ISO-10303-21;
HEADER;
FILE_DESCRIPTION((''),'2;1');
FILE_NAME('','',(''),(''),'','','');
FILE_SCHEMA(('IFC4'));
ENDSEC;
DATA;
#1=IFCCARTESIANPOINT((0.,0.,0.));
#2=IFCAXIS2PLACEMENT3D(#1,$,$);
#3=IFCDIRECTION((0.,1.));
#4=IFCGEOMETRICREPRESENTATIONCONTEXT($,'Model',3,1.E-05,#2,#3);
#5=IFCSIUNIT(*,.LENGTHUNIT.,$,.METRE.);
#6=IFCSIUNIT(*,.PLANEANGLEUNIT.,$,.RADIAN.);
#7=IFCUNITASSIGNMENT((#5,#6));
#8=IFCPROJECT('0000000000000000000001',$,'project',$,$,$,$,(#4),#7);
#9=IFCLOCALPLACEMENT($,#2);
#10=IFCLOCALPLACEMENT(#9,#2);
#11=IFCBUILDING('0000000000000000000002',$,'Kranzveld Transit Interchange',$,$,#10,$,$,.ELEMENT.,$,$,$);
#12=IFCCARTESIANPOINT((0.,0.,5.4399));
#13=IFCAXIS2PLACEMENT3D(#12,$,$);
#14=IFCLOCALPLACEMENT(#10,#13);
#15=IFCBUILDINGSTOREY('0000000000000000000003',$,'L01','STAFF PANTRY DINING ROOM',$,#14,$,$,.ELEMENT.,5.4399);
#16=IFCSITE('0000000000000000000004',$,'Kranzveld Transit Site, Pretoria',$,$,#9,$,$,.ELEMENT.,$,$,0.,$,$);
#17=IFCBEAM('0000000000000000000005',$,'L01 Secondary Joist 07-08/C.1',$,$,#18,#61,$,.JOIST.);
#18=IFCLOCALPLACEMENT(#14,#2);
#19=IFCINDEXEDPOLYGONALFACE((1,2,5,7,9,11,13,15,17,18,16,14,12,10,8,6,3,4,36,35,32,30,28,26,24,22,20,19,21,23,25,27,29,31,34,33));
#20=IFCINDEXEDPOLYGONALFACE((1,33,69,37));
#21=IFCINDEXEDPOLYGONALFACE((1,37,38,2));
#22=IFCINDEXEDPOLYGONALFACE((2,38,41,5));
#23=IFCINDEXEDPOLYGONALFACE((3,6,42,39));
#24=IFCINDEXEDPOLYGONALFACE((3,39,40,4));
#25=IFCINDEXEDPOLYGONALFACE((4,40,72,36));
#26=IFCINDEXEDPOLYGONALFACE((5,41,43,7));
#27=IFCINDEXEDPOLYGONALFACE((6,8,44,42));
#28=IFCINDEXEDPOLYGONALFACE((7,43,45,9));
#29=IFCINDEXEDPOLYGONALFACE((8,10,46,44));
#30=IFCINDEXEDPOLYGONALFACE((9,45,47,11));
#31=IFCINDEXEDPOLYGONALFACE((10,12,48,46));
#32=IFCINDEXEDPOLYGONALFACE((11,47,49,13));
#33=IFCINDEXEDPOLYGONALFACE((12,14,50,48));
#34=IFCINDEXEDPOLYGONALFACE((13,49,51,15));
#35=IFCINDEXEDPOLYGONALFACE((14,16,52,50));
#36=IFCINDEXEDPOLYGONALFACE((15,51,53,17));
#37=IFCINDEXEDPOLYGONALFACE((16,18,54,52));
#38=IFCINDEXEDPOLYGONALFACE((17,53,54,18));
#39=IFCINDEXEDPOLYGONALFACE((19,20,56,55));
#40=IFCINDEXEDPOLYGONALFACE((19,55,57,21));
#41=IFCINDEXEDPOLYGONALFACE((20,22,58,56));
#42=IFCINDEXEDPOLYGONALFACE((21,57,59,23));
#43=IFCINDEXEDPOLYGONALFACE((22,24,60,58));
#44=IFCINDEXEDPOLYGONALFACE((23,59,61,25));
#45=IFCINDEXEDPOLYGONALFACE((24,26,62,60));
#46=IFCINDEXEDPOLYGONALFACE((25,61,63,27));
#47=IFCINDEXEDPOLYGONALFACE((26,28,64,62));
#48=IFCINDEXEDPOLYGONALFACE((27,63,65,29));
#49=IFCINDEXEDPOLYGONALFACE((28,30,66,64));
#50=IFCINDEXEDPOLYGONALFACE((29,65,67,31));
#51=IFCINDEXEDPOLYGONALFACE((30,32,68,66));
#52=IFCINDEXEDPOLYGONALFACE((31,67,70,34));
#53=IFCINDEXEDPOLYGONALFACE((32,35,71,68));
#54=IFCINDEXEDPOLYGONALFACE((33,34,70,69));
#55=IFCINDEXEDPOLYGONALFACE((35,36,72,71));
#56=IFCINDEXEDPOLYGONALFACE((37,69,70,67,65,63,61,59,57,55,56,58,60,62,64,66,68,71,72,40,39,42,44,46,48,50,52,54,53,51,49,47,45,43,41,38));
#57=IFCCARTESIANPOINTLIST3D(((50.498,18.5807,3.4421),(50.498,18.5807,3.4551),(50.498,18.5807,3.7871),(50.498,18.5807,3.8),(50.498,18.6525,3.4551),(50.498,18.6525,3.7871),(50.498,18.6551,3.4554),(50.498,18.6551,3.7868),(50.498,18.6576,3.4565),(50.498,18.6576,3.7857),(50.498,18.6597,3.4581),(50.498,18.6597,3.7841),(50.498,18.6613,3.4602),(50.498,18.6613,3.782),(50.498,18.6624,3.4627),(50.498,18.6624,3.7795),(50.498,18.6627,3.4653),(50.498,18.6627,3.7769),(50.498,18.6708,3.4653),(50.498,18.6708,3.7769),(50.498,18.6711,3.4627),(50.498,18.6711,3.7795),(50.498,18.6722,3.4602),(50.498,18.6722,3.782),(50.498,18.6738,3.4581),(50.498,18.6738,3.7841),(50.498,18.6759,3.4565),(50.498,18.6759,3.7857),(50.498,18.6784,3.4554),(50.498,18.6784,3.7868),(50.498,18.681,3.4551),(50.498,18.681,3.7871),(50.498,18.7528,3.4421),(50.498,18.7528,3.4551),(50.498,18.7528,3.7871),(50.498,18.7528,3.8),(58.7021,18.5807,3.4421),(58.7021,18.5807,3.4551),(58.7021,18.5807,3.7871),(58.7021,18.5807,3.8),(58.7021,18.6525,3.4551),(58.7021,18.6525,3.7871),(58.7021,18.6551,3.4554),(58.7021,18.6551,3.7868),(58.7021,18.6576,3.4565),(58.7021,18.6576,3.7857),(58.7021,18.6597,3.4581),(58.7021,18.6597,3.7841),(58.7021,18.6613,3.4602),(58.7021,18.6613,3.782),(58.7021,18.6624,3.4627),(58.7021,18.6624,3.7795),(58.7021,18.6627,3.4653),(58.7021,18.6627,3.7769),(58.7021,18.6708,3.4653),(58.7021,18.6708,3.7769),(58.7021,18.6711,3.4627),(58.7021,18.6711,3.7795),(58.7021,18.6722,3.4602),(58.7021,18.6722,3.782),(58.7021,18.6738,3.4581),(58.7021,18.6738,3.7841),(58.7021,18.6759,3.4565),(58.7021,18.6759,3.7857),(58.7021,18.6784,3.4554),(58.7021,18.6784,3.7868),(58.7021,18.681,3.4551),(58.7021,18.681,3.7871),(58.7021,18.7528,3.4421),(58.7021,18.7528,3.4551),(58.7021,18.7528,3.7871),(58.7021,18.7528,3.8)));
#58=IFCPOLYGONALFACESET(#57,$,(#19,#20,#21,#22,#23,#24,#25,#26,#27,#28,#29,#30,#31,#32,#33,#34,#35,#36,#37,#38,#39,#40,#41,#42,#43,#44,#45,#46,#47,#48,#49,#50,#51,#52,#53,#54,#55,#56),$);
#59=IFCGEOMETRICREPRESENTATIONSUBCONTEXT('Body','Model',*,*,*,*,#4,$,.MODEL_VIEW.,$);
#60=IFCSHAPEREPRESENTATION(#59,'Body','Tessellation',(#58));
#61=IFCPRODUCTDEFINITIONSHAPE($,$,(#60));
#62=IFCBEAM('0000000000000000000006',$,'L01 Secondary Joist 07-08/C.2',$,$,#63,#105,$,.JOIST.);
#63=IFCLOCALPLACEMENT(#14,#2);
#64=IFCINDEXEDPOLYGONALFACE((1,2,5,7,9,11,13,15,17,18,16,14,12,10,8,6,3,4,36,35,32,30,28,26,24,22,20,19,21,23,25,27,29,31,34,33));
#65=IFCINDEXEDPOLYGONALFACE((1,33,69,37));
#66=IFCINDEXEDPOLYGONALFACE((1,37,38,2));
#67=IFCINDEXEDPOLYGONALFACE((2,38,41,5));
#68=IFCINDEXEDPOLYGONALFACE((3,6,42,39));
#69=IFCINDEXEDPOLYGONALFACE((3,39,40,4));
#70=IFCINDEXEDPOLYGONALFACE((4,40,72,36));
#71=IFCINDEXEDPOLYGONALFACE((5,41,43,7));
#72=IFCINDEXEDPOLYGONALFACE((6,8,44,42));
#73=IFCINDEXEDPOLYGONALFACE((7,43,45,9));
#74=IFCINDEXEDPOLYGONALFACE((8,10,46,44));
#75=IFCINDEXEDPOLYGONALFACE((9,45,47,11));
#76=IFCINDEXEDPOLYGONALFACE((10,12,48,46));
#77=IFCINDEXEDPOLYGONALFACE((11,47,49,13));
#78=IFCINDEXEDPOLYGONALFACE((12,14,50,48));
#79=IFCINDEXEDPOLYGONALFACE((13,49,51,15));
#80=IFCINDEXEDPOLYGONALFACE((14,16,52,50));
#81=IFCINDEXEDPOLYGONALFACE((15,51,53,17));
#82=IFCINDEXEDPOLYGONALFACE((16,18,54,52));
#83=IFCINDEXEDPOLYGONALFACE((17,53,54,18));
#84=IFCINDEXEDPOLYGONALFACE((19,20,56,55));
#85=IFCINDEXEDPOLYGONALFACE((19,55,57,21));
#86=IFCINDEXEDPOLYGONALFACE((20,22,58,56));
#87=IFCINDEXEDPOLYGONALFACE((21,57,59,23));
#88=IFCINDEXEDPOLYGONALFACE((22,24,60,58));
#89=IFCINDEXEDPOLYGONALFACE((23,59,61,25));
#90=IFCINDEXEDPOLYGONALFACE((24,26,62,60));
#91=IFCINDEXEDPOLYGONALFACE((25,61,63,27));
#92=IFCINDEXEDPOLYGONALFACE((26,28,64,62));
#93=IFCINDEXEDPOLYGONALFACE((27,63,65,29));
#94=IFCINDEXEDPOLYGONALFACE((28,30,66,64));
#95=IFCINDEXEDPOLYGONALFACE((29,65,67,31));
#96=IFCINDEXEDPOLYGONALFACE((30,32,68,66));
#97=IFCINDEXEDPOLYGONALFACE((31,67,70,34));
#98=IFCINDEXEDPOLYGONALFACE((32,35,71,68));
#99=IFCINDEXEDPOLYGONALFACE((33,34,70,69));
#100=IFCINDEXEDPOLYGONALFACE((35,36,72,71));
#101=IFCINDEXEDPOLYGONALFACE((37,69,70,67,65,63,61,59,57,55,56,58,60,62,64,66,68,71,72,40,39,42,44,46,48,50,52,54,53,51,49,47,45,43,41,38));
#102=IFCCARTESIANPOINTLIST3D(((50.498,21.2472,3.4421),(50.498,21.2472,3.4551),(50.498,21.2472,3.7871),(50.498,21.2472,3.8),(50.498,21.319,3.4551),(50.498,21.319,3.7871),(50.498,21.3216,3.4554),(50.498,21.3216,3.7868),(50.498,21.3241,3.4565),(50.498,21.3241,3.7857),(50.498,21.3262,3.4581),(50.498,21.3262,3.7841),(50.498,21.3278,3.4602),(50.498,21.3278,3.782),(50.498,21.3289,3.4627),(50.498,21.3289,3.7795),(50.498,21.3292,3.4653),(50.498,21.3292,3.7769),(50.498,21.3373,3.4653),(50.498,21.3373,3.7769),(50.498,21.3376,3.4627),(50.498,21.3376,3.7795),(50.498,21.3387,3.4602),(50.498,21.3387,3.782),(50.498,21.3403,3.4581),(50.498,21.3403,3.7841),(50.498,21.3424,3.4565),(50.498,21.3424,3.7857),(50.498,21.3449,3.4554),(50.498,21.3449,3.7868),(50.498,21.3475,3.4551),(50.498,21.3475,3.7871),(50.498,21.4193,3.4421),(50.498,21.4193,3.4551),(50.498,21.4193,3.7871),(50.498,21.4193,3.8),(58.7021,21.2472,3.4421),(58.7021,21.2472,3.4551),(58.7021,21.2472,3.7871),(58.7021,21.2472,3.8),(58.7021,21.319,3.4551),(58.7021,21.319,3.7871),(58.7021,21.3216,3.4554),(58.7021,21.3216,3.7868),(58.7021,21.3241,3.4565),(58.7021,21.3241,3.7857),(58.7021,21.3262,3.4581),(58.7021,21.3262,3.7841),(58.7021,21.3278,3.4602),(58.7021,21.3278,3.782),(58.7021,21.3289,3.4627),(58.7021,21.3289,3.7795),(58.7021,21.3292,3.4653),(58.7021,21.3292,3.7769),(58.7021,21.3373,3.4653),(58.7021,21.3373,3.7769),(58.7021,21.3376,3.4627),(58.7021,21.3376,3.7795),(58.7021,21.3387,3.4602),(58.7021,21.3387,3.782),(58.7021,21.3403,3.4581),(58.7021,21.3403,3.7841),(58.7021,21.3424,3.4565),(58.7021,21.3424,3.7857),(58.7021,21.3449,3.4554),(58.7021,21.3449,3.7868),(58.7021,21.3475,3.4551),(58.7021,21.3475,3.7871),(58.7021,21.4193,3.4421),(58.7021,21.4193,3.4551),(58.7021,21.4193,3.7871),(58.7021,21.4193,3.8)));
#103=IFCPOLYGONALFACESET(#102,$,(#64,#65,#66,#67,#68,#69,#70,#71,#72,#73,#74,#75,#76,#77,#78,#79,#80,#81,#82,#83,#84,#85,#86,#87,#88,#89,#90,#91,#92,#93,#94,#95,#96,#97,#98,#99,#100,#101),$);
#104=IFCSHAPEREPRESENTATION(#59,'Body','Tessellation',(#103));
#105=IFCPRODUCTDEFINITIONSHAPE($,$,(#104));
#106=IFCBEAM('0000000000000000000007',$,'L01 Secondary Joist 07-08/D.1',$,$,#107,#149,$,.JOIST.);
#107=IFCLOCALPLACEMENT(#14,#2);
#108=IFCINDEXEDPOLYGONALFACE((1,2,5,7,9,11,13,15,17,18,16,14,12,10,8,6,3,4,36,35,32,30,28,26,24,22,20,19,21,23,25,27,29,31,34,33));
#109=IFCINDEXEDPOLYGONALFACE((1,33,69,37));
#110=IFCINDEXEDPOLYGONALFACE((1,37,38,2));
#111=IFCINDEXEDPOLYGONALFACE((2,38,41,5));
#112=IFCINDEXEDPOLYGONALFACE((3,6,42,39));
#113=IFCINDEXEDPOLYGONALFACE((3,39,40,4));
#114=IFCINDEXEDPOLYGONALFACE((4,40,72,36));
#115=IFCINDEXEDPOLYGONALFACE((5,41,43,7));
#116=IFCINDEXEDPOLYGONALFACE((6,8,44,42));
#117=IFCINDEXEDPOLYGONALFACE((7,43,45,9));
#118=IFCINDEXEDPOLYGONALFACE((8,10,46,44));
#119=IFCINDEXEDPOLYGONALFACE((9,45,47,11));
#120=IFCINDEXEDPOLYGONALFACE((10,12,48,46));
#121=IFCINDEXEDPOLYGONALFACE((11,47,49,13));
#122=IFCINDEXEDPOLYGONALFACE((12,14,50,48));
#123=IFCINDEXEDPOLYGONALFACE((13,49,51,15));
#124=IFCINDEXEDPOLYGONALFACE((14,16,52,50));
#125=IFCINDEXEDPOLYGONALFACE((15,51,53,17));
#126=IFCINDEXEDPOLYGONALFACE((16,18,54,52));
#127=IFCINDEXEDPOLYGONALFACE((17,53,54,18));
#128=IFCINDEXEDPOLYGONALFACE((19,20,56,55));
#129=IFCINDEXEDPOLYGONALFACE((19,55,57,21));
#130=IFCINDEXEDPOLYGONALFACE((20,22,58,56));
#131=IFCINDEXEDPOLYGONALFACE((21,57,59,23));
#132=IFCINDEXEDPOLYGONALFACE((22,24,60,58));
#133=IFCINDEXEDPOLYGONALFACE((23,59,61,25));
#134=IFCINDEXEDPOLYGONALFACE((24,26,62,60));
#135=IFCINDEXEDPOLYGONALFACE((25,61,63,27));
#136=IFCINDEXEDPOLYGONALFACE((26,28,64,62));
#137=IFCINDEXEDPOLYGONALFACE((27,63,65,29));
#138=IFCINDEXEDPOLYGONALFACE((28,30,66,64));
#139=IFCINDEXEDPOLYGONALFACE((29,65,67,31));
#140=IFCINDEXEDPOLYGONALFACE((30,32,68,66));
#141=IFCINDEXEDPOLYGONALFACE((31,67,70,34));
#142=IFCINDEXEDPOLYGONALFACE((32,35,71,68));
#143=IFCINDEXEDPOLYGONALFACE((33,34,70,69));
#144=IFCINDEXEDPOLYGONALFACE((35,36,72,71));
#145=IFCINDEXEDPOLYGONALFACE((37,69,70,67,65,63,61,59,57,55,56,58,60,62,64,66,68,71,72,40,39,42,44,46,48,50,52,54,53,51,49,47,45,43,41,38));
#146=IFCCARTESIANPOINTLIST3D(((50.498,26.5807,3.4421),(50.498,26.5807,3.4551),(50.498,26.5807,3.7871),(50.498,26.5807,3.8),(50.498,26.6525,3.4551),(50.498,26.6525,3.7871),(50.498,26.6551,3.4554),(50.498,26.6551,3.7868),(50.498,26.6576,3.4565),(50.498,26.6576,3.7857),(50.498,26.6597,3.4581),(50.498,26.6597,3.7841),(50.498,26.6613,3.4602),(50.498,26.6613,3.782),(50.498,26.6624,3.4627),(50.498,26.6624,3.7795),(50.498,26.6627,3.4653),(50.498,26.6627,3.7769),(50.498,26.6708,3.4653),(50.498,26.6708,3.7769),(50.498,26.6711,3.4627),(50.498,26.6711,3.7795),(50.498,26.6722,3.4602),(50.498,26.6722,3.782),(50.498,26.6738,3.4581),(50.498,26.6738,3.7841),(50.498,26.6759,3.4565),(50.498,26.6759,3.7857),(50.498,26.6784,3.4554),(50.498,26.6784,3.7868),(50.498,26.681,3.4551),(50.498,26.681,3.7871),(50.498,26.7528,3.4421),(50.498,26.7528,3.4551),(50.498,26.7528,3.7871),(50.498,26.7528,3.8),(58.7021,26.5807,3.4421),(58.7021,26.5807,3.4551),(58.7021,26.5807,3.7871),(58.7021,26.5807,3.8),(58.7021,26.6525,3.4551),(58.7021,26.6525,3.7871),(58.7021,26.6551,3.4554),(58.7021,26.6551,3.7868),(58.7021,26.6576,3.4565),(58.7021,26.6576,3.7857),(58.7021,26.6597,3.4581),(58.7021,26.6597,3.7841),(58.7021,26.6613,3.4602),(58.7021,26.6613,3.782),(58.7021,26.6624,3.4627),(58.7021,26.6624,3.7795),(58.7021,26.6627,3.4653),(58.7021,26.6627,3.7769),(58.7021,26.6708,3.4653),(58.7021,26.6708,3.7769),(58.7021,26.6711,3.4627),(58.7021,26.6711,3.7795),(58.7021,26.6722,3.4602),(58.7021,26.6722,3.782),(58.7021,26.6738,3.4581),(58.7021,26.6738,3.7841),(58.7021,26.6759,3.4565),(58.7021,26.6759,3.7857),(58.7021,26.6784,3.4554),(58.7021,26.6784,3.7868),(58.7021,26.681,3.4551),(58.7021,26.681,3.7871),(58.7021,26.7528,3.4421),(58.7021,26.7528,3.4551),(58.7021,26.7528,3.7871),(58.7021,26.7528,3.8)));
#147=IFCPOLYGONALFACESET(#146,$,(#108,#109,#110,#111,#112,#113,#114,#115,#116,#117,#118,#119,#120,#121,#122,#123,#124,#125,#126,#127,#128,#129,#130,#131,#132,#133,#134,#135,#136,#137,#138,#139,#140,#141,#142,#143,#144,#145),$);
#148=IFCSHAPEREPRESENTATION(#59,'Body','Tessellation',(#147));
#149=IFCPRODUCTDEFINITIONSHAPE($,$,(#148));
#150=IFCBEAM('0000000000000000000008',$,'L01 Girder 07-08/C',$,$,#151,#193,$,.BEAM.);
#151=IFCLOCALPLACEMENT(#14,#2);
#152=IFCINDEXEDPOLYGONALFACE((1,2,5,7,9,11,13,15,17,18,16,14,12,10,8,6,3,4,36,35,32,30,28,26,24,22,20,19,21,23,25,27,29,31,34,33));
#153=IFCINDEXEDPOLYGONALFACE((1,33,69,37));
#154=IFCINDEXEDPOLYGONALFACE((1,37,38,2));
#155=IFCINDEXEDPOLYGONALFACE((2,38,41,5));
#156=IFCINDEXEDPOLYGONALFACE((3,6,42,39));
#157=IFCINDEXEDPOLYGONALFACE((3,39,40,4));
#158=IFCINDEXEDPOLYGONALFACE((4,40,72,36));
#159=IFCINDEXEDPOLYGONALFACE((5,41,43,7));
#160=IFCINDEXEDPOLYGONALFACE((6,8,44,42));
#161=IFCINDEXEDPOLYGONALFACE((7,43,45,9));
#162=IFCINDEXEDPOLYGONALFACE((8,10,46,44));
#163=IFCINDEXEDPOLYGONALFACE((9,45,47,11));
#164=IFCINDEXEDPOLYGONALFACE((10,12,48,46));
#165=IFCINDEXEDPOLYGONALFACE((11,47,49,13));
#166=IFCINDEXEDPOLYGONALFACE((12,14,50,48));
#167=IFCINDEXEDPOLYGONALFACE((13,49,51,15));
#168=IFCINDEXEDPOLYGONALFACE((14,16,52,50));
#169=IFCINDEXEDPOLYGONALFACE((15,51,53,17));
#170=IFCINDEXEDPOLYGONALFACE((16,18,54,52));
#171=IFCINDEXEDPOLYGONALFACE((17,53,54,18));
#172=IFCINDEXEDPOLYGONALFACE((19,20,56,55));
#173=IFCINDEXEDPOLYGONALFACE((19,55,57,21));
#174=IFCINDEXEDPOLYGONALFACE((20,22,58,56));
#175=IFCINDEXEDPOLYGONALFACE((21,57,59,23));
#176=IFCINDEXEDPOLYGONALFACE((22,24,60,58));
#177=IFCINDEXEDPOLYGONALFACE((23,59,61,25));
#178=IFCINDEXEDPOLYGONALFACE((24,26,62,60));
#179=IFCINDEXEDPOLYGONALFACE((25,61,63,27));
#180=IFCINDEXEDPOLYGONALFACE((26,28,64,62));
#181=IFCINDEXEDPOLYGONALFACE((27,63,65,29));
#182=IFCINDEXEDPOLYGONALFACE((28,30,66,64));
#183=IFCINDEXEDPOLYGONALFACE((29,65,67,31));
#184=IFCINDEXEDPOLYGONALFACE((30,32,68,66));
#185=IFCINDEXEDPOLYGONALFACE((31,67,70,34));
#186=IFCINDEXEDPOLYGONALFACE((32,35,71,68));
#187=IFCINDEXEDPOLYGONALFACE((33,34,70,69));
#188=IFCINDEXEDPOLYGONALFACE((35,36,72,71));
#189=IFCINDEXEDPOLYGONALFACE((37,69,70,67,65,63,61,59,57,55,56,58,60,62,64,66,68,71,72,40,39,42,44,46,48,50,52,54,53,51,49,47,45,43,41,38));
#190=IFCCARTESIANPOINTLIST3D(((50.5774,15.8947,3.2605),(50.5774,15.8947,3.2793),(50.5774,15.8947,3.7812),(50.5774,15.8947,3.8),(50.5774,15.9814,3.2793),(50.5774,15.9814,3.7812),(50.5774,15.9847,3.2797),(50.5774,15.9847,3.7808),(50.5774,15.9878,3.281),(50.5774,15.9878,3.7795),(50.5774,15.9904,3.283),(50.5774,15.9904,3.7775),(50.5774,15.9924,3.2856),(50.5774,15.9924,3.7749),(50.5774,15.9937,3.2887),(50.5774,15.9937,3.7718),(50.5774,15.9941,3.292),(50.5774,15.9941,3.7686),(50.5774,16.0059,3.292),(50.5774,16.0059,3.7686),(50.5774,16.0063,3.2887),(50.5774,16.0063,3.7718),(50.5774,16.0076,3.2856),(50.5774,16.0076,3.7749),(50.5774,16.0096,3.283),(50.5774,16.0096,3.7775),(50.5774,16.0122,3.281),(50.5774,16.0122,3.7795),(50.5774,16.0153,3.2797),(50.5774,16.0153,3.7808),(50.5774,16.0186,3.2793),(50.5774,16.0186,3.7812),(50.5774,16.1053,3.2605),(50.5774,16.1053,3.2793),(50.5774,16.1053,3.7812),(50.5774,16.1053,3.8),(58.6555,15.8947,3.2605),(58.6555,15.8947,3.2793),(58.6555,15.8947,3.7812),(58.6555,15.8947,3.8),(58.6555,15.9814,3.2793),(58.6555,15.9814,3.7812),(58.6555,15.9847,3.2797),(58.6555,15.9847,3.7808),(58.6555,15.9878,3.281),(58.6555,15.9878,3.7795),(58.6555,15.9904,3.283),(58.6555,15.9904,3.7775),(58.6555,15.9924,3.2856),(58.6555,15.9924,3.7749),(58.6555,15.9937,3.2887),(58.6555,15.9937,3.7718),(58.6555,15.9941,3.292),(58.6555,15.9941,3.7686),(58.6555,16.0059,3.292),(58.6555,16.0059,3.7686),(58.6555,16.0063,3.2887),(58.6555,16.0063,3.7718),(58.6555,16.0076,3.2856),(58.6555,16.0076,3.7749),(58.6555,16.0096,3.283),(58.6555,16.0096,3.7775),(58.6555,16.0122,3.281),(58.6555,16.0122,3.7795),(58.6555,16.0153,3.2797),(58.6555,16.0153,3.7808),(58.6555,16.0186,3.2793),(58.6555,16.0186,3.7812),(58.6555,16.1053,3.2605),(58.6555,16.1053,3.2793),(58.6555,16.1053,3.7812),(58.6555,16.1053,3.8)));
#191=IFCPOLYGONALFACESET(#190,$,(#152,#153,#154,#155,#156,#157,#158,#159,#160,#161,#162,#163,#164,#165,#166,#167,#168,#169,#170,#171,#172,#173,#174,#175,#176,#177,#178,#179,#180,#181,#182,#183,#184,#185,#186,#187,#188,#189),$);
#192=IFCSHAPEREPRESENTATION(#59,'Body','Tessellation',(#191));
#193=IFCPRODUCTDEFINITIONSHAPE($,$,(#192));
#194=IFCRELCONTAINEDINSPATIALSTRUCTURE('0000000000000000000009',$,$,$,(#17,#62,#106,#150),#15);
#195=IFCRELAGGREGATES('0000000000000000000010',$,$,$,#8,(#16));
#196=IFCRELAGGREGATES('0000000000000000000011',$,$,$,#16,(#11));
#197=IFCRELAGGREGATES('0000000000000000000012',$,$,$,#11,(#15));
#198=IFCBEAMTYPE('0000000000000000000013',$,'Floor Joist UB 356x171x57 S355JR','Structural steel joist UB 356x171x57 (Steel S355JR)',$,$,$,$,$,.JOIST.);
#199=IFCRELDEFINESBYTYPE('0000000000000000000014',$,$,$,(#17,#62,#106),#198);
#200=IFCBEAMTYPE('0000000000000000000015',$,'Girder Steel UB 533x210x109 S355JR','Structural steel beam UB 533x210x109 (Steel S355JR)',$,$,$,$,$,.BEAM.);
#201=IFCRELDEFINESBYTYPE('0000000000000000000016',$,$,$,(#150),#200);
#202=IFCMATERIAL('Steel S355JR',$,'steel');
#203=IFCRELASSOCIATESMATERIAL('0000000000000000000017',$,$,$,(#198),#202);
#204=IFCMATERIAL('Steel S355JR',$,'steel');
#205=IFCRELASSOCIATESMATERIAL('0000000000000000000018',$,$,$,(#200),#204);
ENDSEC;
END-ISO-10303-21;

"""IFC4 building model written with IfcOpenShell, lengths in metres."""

from ifc_helpers import new_model, si_unit, direction, frame, origin, origin_2d, place, context, subcontext, project, spatial, i_section, extrude, material, material_profile, profile_set, type_object, element, save


model = new_model("IFC4")

# Units and contexts
model_context = context("Model", 3, precision=1e-05, world=origin(), true_north=direction((0.0, 1.0)))
body_context = subcontext(model_context, "Body", "Model", "MODEL_VIEW")
ifc_project = project(units=[si_unit("LENGTHUNIT", "METRE"), si_unit("PLANEANGLEUNIT", "RADIAN")], contexts=[model_context])

# Site, building, storey
site_placement = place(None, origin())
site = spatial("IfcSite", under=ifc_project, at=site_placement, Name="Kranzveld Transit Site, Pretoria", CompositionType="ELEMENT", RefElevation=0.0)
building_placement = place(site_placement, origin())
building = spatial("IfcBuilding", under=site, at=building_placement, Name="Kranzveld Transit Interchange", CompositionType="ELEMENT")
storey_placement = place(building_placement, frame((0.0, 0.0, 5.4399)))
storey = spatial("IfcBuildingStorey", under=building, at=storey_placement, Name="L01", Description="STAFF PANTRY DINING ROOM", CompositionType="ELEMENT", Elevation=5.4399)

# Beams
ifc_material_1 = material(Name="Steel S355JR", Category="steel")
ifc_material_profile_1 = material_profile(ifc_material_1, i_section(OverallWidth=0.1721, OverallDepth=0.3579, WebThickness=0.0081, FlangeThickness=0.0129, FilletRadius=0.0103, at=origin_2d()), Name="UB 356x171x57")
ifc_profile_set_1 = profile_set([ifc_material_profile_1], Name="Steel S355JR")
beam_type_1 = type_object("IfcBeamType", Name="Floor Joist UB 356x171x57 S355JR", Description="Structural steel joist UB 356x171x57 (Steel S355JR)", PredefinedType="JOIST", material=ifc_profile_set_1)
for number, where, z_axis, x_axis, name in (
    (1, (50.498, 18.6667, 3.6211), (1.0, 0.0, 0.0), (0.0, 1.0, 0.0), "L01 Secondary Joist 07-08/C.1"),
    (2, (50.498, 21.3333, 3.6211), (1.0, 0.0, 0.0), (0.0, 1.0, 0.0), "L01 Secondary Joist 07-08/C.2"),
    (3, (50.498, 26.6667, 3.6211), (1.0, 0.0, 0.0), (0.0, 1.0, 0.0), "L01 Secondary Joist 07-08/D.1"),
):
    element("IfcBeam", number, at=place(storey_placement, frame(where, z_axis=z_axis, x_axis=x_axis)), inside=storey, type_object=beam_type_1, Name=name, PredefinedType="JOIST", context=body_context, shape_type="SweptSolid", body=[
        extrude(i_section(OverallWidth=0.1721, OverallDepth=0.3579, WebThickness=0.0081, FlangeThickness=0.0129, FilletRadius=0.0103, at=origin_2d()), origin(), (0.0, 0.0, 1.0), 8.2041),
    ])
ifc_material_2 = material(Name="Steel S355JR", Category="steel")
ifc_material_profile_2 = material_profile(ifc_material_2, i_section(OverallWidth=0.2107, OverallDepth=0.5396, WebThickness=0.0117, FlangeThickness=0.0188, FilletRadius=0.0127, at=origin_2d()), Name="UB 533x210x109")
ifc_profile_set_2 = profile_set([ifc_material_profile_2], Name="Steel S355JR")
beam_type_2 = type_object("IfcBeamType", Name="Girder Steel UB 533x210x109 S355JR", Description="Structural steel beam UB 533x210x109 (Steel S355JR)", PredefinedType="BEAM", material=ifc_profile_set_2)
beam_1_placement = place(storey_placement, frame((50.5774, 16.0, 3.5303), z_axis=(1.0, 0.0, 0.0), x_axis=(0.0, 1.0, 0.0)))
element("IfcBeam", 4, at=beam_1_placement, inside=storey, type_object=beam_type_2, Name="L01 Girder 07-08/C", PredefinedType="BEAM", context=body_context, shape_type="SweptSolid", body=[
    extrude(i_section(OverallWidth=0.2107, OverallDepth=0.5396, WebThickness=0.0117, FlangeThickness=0.0188, FilletRadius=0.0127, at=origin_2d()), origin(), (0.0, 0.0, 1.0), 8.0781),
])

save(model, "model.ifc")
